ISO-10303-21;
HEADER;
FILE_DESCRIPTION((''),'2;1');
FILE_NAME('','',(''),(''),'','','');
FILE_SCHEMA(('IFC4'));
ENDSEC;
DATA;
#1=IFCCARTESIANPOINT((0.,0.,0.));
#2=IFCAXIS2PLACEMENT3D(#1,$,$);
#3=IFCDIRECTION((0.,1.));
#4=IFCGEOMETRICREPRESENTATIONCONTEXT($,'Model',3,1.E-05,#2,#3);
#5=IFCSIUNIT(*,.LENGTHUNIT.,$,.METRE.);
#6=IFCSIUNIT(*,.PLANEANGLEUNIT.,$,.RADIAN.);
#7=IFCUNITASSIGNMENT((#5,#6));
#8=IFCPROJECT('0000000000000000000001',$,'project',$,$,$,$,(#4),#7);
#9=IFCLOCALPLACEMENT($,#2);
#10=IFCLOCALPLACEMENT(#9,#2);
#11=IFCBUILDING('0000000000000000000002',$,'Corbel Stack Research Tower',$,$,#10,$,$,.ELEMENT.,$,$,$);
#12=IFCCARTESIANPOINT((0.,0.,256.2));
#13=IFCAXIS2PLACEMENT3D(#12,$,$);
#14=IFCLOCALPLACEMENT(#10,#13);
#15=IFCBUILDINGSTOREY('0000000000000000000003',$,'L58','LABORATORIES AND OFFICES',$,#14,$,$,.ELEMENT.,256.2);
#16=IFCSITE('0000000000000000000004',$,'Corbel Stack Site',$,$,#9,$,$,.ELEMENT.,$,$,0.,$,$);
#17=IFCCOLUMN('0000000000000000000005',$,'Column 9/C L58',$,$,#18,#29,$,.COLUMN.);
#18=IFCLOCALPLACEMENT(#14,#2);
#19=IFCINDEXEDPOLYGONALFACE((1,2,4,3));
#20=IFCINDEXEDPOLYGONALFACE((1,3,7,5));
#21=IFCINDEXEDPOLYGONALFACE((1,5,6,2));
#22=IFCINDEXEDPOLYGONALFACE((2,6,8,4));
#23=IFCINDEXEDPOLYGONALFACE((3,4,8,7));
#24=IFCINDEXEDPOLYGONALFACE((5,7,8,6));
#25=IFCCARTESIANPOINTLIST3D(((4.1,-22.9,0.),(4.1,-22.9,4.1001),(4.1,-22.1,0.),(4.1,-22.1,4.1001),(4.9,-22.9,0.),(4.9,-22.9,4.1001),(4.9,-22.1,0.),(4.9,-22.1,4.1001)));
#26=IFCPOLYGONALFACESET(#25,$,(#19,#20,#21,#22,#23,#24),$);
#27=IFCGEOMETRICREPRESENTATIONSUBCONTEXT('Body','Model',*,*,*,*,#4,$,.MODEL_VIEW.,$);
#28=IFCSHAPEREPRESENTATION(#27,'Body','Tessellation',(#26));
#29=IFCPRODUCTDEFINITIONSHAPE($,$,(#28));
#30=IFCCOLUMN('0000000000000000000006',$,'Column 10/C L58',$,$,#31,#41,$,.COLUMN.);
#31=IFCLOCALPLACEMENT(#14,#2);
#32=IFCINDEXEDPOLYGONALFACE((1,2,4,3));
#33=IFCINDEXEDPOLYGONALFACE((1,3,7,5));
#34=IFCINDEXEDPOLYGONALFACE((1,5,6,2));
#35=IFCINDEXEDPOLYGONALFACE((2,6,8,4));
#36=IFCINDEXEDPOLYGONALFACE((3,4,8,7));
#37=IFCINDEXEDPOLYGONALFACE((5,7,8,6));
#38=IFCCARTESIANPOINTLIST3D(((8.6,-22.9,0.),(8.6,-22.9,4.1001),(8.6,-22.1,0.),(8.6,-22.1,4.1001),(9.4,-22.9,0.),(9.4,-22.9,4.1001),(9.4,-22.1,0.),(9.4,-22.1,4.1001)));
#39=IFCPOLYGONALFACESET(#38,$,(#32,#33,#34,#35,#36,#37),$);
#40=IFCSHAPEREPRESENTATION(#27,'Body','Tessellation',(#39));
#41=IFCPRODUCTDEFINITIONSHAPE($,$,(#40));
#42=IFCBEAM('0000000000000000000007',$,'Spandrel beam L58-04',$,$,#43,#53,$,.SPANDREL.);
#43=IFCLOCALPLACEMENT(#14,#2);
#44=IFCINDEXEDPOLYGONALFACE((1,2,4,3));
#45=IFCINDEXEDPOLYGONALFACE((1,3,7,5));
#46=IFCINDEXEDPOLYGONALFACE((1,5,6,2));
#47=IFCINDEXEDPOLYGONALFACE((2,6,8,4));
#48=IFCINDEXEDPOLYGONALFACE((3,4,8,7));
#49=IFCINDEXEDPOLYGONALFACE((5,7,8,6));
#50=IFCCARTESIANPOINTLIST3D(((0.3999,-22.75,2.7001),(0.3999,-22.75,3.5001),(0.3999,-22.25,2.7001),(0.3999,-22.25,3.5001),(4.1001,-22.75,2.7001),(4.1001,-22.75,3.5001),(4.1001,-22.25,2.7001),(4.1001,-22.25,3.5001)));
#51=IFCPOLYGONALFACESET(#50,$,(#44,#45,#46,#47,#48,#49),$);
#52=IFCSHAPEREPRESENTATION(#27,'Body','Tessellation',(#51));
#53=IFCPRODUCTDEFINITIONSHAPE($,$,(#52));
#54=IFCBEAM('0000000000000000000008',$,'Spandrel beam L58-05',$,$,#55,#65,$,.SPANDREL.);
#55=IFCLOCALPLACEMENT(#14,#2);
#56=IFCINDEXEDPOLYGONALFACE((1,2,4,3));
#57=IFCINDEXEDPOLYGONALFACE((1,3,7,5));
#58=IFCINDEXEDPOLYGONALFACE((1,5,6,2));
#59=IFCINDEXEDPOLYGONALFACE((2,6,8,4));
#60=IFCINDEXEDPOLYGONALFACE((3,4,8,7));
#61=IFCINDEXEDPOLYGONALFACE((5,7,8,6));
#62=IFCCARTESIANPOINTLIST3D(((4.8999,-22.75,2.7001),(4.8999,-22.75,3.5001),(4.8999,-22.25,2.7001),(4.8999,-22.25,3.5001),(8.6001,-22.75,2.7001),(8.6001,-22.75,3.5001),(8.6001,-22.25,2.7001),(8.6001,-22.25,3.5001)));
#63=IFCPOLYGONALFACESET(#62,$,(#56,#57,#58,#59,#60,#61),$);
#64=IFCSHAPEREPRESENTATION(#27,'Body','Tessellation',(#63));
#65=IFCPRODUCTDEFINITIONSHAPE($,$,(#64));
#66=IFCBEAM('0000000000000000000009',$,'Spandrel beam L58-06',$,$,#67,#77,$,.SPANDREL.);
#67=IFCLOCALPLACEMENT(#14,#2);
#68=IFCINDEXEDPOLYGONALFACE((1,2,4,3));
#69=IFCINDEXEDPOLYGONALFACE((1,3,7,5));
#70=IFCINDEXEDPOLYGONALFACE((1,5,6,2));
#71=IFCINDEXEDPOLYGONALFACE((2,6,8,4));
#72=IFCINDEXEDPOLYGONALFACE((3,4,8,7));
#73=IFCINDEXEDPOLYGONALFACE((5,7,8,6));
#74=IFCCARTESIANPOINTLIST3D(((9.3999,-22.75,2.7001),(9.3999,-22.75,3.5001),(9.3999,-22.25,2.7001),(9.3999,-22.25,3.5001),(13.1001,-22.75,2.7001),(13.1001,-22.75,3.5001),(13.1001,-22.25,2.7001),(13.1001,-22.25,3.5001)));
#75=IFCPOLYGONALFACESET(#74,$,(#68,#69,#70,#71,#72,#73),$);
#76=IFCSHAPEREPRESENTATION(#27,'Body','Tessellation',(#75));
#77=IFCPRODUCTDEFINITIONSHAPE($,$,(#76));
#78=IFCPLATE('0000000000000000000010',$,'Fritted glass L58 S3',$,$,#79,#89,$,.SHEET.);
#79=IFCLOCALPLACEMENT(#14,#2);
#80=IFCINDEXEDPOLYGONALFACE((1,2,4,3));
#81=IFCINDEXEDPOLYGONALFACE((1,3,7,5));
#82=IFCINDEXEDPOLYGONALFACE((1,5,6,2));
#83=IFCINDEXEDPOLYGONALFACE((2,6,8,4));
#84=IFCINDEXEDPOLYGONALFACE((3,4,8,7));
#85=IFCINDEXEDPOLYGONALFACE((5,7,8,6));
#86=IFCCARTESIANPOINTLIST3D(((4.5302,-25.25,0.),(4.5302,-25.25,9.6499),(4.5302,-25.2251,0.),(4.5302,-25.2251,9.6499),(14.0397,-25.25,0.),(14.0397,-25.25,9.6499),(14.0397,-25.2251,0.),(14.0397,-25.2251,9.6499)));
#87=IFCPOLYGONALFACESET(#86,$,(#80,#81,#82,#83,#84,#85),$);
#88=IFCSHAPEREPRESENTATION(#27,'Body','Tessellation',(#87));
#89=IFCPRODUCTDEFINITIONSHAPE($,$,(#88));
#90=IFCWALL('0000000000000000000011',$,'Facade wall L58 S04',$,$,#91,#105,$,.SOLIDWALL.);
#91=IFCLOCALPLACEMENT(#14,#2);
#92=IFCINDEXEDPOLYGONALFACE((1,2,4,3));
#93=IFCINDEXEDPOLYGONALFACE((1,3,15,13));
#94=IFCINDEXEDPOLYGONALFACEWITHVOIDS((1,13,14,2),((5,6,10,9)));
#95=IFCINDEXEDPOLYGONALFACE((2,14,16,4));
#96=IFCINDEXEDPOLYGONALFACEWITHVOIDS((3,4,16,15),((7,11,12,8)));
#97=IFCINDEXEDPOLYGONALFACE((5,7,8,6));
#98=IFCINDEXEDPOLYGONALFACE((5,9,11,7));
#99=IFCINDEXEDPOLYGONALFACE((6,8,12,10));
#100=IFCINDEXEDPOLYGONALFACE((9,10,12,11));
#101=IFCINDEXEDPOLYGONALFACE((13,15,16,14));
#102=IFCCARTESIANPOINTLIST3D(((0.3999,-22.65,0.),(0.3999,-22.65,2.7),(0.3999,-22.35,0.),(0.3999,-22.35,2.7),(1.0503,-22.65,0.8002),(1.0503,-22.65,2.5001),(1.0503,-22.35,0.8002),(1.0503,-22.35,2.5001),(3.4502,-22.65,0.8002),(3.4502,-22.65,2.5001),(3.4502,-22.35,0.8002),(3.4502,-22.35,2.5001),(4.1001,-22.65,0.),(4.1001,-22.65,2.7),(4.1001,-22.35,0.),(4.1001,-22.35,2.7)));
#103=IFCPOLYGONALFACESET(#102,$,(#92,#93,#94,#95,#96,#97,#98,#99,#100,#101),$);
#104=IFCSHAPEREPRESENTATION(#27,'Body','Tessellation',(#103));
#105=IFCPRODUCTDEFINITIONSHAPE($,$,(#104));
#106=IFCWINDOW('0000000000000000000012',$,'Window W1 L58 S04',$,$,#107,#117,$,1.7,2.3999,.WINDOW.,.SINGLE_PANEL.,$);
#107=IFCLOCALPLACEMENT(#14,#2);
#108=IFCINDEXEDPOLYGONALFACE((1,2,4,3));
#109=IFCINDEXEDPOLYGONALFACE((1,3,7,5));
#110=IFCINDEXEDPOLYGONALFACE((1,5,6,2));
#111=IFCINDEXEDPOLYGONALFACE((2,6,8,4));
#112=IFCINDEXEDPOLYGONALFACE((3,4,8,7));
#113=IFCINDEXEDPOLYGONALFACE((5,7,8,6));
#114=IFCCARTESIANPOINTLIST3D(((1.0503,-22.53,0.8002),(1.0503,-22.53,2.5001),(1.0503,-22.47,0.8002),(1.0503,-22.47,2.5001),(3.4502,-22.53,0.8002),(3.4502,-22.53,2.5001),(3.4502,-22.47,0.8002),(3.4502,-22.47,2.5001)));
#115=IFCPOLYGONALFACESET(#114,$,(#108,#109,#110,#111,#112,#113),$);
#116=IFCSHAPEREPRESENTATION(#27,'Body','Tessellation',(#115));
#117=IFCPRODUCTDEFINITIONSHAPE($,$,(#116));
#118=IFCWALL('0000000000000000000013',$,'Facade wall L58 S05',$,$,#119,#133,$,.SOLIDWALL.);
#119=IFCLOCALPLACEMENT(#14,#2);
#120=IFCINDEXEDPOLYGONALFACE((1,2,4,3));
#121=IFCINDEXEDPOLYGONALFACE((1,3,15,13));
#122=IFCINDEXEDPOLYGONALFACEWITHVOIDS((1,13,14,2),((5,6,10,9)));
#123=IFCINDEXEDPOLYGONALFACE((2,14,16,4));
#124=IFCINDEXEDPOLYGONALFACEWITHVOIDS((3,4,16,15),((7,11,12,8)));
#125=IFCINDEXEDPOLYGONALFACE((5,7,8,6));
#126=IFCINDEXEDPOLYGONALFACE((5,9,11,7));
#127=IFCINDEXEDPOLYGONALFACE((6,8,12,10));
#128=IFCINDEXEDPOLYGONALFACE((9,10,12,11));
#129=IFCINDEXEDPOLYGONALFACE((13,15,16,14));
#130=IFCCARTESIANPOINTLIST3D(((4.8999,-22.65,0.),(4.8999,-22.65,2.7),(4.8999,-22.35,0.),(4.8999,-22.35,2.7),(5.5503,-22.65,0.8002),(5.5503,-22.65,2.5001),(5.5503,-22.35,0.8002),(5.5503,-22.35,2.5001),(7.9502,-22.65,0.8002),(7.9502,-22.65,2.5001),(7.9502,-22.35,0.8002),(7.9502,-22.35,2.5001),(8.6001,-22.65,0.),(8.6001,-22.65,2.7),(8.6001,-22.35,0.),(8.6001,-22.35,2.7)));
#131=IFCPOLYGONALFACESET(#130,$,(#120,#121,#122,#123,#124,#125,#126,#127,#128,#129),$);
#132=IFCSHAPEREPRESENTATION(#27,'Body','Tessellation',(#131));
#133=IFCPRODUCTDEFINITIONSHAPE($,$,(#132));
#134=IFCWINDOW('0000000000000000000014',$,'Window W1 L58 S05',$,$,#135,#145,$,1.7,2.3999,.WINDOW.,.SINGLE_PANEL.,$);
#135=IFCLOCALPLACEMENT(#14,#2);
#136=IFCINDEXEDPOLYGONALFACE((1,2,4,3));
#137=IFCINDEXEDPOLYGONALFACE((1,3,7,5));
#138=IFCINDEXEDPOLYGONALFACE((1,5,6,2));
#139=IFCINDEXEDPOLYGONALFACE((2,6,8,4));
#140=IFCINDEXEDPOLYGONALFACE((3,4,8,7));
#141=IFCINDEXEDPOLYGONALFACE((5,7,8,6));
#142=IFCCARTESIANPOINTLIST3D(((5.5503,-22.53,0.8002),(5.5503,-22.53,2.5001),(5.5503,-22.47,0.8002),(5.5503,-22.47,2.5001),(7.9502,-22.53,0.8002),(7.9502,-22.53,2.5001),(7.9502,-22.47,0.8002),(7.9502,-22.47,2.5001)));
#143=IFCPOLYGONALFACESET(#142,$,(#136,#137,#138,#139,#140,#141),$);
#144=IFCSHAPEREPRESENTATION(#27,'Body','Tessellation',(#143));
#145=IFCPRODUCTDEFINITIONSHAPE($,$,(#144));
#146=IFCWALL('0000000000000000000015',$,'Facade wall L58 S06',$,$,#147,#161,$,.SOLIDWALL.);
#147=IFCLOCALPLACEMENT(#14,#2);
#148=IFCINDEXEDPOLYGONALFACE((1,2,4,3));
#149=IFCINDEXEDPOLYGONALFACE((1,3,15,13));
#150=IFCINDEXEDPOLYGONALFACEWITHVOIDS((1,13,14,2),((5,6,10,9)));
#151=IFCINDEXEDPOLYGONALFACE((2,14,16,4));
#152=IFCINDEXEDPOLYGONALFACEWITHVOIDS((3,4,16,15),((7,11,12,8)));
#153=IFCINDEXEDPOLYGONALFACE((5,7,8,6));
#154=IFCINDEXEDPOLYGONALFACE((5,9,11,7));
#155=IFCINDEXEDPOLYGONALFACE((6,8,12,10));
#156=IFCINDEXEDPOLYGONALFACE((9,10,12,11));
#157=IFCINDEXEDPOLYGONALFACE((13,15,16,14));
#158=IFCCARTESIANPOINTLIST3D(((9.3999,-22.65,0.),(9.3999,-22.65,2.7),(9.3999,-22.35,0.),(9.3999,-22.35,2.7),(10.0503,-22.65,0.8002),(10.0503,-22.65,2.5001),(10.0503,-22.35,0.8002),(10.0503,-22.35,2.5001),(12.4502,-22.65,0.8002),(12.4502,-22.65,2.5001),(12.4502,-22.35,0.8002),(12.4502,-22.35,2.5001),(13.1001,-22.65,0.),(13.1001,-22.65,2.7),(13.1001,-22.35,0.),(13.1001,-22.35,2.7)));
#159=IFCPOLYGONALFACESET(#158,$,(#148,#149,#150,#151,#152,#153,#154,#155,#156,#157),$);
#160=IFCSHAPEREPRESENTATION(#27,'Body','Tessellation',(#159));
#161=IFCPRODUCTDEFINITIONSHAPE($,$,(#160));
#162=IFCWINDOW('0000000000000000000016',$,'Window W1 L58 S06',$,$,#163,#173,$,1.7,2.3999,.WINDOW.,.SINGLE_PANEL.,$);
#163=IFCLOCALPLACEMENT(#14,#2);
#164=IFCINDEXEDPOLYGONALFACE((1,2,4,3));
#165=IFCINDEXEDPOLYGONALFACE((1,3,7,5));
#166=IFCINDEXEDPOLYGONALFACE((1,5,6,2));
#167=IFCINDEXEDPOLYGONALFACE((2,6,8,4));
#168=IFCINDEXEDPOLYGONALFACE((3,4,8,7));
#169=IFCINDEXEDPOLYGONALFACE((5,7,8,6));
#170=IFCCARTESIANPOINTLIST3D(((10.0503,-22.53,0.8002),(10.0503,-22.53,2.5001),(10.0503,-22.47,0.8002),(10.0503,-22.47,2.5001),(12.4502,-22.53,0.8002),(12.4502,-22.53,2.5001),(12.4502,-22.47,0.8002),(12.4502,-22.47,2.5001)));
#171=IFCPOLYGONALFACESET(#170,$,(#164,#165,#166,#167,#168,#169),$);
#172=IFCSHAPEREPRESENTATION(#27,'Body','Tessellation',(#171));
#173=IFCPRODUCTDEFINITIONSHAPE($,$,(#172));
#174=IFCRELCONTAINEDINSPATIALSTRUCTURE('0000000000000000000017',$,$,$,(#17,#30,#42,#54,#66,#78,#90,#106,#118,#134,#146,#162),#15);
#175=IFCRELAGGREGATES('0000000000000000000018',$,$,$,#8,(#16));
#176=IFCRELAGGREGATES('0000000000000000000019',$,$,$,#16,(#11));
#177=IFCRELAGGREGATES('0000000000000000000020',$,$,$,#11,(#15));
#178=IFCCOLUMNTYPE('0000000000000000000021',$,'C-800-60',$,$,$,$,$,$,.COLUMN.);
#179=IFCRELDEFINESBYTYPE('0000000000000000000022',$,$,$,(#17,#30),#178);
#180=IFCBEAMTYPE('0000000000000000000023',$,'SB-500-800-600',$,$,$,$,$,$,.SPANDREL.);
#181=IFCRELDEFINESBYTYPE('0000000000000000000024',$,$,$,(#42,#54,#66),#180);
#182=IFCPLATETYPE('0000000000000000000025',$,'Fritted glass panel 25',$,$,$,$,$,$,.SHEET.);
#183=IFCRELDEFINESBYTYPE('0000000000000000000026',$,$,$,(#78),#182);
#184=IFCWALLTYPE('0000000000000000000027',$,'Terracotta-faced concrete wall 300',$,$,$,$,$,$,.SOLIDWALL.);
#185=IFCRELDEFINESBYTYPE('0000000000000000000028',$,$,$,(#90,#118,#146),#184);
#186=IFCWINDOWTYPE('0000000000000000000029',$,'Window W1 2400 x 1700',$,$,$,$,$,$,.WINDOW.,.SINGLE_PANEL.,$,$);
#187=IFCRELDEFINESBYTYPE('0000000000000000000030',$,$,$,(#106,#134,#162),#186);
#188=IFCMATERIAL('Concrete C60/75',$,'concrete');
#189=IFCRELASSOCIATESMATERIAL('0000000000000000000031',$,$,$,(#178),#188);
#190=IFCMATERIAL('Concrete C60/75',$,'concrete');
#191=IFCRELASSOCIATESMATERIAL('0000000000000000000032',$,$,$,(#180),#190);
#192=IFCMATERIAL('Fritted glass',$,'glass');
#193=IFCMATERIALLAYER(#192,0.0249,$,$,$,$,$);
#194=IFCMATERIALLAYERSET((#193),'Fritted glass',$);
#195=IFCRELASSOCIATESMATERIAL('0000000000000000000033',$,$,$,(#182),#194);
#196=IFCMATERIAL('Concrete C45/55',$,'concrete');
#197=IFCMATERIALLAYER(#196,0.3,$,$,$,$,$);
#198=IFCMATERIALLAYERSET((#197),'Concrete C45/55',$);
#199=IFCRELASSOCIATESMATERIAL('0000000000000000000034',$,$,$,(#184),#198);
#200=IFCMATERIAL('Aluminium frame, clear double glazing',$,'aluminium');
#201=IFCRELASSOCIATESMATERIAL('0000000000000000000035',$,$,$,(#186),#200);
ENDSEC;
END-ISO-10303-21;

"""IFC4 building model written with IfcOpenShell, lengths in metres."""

from ifc_helpers import new_model, si_unit, direction, frame, frame_2d, origin, origin_2d, place, context, subcontext, project, spatial, rectangle, extrude, material, layer, layer_set, material_profile, profile_set, type_object, element, fill, save


model = new_model("IFC4")

# Units and contexts
model_context = context("Model", 3, precision=1e-05, world=origin(), true_north=direction((0.0, 1.0)))
body_context = subcontext(model_context, "Body", "Model", "MODEL_VIEW")
ifc_project = project(units=[si_unit("LENGTHUNIT", "METRE"), si_unit("PLANEANGLEUNIT", "RADIAN")], contexts=[model_context])

# Site, building, storey
site_placement = place(None, origin())
site = spatial("IfcSite", under=ifc_project, at=site_placement, Name="Corbel Stack Site", CompositionType="ELEMENT", RefElevation=0.0)
building_placement = place(site_placement, origin())
building = spatial("IfcBuilding", under=site, at=building_placement, Name="Corbel Stack Research Tower", CompositionType="ELEMENT")
storey_placement = place(building_placement, frame((0.0, 0.0, 256.2)))
storey = spatial("IfcBuildingStorey", under=building, at=storey_placement, Name="L58", Description="LABORATORIES AND OFFICES", CompositionType="ELEMENT", Elevation=256.2)

# Columns
ifc_material_1 = material(Name="Concrete C60/75", Category="concrete")
ifc_material_profile_1 = material_profile(ifc_material_1, rectangle(XDim=0.8, YDim=0.8, at=origin_2d()), Name="RC 800 x 800")
ifc_profile_set_1 = profile_set([ifc_material_profile_1], Name="Concrete C60/75")
column_type = type_object("IfcColumnType", Name="C-800-60", PredefinedType="COLUMN", material=ifc_profile_set_1)
for number, where, z_axis, x_axis, name in (
    (1, (4.5, -22.5, 0.0), (0.0, 0.0, 1.0), (1.0, 0.0, 0.0), "Column 9/C L58"),
    (2, (9.0, -22.5, 0.0), (0.0, 0.0, 1.0), (1.0, 0.0, 0.0), "Column 10/C L58"),
):
    element("IfcColumn", number, at=place(storey_placement, frame(where, z_axis=z_axis, x_axis=x_axis)), inside=storey, type_object=column_type, Name=name, PredefinedType="COLUMN", context=body_context, shape_type="SweptSolid", body=[
        extrude(rectangle(XDim=0.8, YDim=0.8, at=origin_2d()), origin(), (0.0, 0.0, 1.0), 4.1001),
    ])

# Beams
ifc_material_2 = material(Name="Concrete C60/75", Category="concrete")
ifc_material_profile_2 = material_profile(ifc_material_2, rectangle(XDim=0.5, YDim=0.8, at=origin_2d()), Name="RC 500 x 800")
ifc_profile_set_2 = profile_set([ifc_material_profile_2], Name="Concrete C60/75")
beam_type = type_object("IfcBeamType", Name="SB-500-800-600", PredefinedType="SPANDREL", material=ifc_profile_set_2)
for number, where, z_axis, x_axis, name in (
    (3, (0.3999, -22.5, 3.1001), (1.0, 0.0, 0.0), (0.0, 1.0, 0.0), "Spandrel beam L58-04"),
    (4, (4.8999, -22.5, 3.1001), (1.0, 0.0, 0.0), (0.0, 1.0, 0.0), "Spandrel beam L58-05"),
    (5, (9.3999, -22.5, 3.1001), (1.0, 0.0, 0.0), (0.0, 1.0, 0.0), "Spandrel beam L58-06"),
):
    element("IfcBeam", number, at=place(storey_placement, frame(where, z_axis=z_axis, x_axis=x_axis)), inside=storey, type_object=beam_type, Name=name, PredefinedType="SPANDREL", context=body_context, shape_type="SweptSolid", body=[
        extrude(rectangle(XDim=0.5, YDim=0.8, at=origin_2d()), origin(), (0.0, 0.0, 1.0), 3.7002),
    ])

# Plate
ifc_material_3 = material(Name="Fritted glass", Category="glass")
ifc_layer_1 = layer(ifc_material_3, 0.0249)
ifc_layer_set_1 = layer_set([ifc_layer_1], Name="Fritted glass")
plate_type = type_object("IfcPlateType", Name="Fritted glass panel 25", PredefinedType="SHEET", material=ifc_layer_set_1)
plate_placement = place(storey_placement, frame((9.2849, -25.2375, 0.0), z_axis=(0.0, 0.0, 1.0), x_axis=(1.0, 0.0, 0.0)))
element("IfcPlate", 6, at=plate_placement, inside=storey, type_object=plate_type, Name="Fritted glass L58 S3", PredefinedType="SHEET", context=body_context, shape_type="SweptSolid", body=[
    extrude(rectangle(XDim=9.5095, YDim=0.0249, at=origin_2d()), origin(), (0.0, 0.0, 1.0), 9.6499),
])

# Walls, openings, windows
ifc_material_4 = material(Name="Concrete C45/55", Category="concrete")
ifc_layer_2 = layer(ifc_material_4, 0.3)
ifc_layer_set_2 = layer_set([ifc_layer_2], Name="Concrete C45/55")
wall_type = type_object("IfcWallType", Name="Terracotta-faced concrete wall 300", PredefinedType="SOLIDWALL", material=ifc_layer_set_2)
wall_1_placement = place(storey_placement, frame((4.1001, -22.5, 0.0), z_axis=(0.0, 0.0, 1.0), x_axis=(-1.0, 0.0, 0.0)))
wall_1 = element("IfcWall", 7, at=wall_1_placement, inside=storey, type_object=wall_type, Name="Facade wall L58 S04", PredefinedType="SOLIDWALL", context=body_context, shape_type="SweptSolid", body=[
    extrude(rectangle(XDim=3.7002, YDim=0.3, at=frame_2d((1.8501, 0.0))), origin(), (0.0, 0.0, 1.0), 2.7),
])
opening_1_placement = place(wall_1_placement, frame((0.6499, 0.0, 0.8)))
opening_1 = element("IfcOpeningElement", 8, at=opening_1_placement, cuts=wall_1, PredefinedType="OPENING", context=body_context, shape_type="SweptSolid", body=[
    extrude(rectangle(XDim=2.3999, YDim=1.7, at=frame_2d((1.2, 0.8501))), frame((0.0, 0.1599, 0.0), z_axis=(0.0, -1.0, 0.0), x_axis=(1.0, 0.0, 0.0)), (0.0, 0.0, 1.0), 0.3201),
])
ifc_material_5 = material(Name="Aluminium frame, clear double glazing", Category="aluminium")
window_type = type_object("IfcWindowType", Name="Window W1 2400 x 1700", PartitioningType="SINGLE_PANEL", PredefinedType="WINDOW", material=ifc_material_5)
window_1_placement = place(opening_1_placement, origin())
window_1 = element("IfcWindow", 9, at=window_1_placement, inside=storey, type_object=window_type, Name="Window W1 L58 S04", OverallHeight=1.7, OverallWidth=2.3999, PartitioningType="SINGLE_PANEL", PredefinedType="WINDOW", context=body_context, shape_type="SweptSolid", body=[
    extrude(rectangle(XDim=2.3999, YDim=1.7, at=frame_2d((1.2, 0.8501))), frame((0.0, 0.03, 0.0), z_axis=(0.0, -1.0, 0.0), x_axis=(1.0, 0.0, 0.0)), (0.0, 0.0, 1.0), 0.0601),
])
fill(opening_1, window_1)
wall_2_placement = place(storey_placement, frame((8.6001, -22.5, 0.0), z_axis=(0.0, 0.0, 1.0), x_axis=(-1.0, 0.0, 0.0)))
wall_2 = element("IfcWall", 10, at=wall_2_placement, inside=storey, type_object=wall_type, Name="Facade wall L58 S05", PredefinedType="SOLIDWALL", context=body_context, shape_type="SweptSolid", body=[
    extrude(rectangle(XDim=3.7002, YDim=0.3, at=frame_2d((1.8501, 0.0))), origin(), (0.0, 0.0, 1.0), 2.7),
])
opening_2_placement = place(wall_2_placement, frame((0.6499, 0.0, 0.8)))
opening_2 = element("IfcOpeningElement", 11, at=opening_2_placement, cuts=wall_2, PredefinedType="OPENING", context=body_context, shape_type="SweptSolid", body=[
    extrude(rectangle(XDim=2.3999, YDim=1.7, at=frame_2d((1.2, 0.8501))), frame((0.0, 0.1599, 0.0), z_axis=(0.0, -1.0, 0.0), x_axis=(1.0, 0.0, 0.0)), (0.0, 0.0, 1.0), 0.3201),
])
window_2_placement = place(opening_2_placement, origin())
window_2 = element("IfcWindow", 12, at=window_2_placement, inside=storey, type_object=window_type, Name="Window W1 L58 S05", OverallHeight=1.7, OverallWidth=2.3999, PartitioningType="SINGLE_PANEL", PredefinedType="WINDOW", context=body_context, shape_type="SweptSolid", body=[
    extrude(rectangle(XDim=2.3999, YDim=1.7, at=frame_2d((1.2, 0.8501))), frame((0.0, 0.03, 0.0), z_axis=(0.0, -1.0, 0.0), x_axis=(1.0, 0.0, 0.0)), (0.0, 0.0, 1.0), 0.0601),
])
fill(opening_2, window_2)
wall_3_placement = place(storey_placement, frame((13.1001, -22.5, 0.0), z_axis=(0.0, 0.0, 1.0), x_axis=(-1.0, 0.0, 0.0)))
wall_3 = element("IfcWall", 13, at=wall_3_placement, inside=storey, type_object=wall_type, Name="Facade wall L58 S06", PredefinedType="SOLIDWALL", context=body_context, shape_type="SweptSolid", body=[
    extrude(rectangle(XDim=3.7002, YDim=0.3, at=frame_2d((1.8501, 0.0))), origin(), (0.0, 0.0, 1.0), 2.7),
])
opening_3_placement = place(wall_3_placement, frame((0.6499, 0.0, 0.8)))
opening_3 = element("IfcOpeningElement", 14, at=opening_3_placement, cuts=wall_3, PredefinedType="OPENING", context=body_context, shape_type="SweptSolid", body=[
    extrude(rectangle(XDim=2.3999, YDim=1.7, at=frame_2d((1.2, 0.8501))), frame((0.0, 0.1599, 0.0), z_axis=(0.0, -1.0, 0.0), x_axis=(1.0, 0.0, 0.0)), (0.0, 0.0, 1.0), 0.3201),
])
window_3_placement = place(opening_3_placement, origin())
window_3 = element("IfcWindow", 15, at=window_3_placement, inside=storey, type_object=window_type, Name="Window W1 L58 S06", OverallHeight=1.7, OverallWidth=2.3999, PartitioningType="SINGLE_PANEL", PredefinedType="WINDOW", context=body_context, shape_type="SweptSolid", body=[
    extrude(rectangle(XDim=2.3999, YDim=1.7, at=frame_2d((1.2, 0.8501))), frame((0.0, 0.03, 0.0), z_axis=(0.0, -1.0, 0.0), x_axis=(1.0, 0.0, 0.0)), (0.0, 0.0, 1.0), 0.0601),
])
fill(opening_3, window_3)

save(model, "model.ifc")
